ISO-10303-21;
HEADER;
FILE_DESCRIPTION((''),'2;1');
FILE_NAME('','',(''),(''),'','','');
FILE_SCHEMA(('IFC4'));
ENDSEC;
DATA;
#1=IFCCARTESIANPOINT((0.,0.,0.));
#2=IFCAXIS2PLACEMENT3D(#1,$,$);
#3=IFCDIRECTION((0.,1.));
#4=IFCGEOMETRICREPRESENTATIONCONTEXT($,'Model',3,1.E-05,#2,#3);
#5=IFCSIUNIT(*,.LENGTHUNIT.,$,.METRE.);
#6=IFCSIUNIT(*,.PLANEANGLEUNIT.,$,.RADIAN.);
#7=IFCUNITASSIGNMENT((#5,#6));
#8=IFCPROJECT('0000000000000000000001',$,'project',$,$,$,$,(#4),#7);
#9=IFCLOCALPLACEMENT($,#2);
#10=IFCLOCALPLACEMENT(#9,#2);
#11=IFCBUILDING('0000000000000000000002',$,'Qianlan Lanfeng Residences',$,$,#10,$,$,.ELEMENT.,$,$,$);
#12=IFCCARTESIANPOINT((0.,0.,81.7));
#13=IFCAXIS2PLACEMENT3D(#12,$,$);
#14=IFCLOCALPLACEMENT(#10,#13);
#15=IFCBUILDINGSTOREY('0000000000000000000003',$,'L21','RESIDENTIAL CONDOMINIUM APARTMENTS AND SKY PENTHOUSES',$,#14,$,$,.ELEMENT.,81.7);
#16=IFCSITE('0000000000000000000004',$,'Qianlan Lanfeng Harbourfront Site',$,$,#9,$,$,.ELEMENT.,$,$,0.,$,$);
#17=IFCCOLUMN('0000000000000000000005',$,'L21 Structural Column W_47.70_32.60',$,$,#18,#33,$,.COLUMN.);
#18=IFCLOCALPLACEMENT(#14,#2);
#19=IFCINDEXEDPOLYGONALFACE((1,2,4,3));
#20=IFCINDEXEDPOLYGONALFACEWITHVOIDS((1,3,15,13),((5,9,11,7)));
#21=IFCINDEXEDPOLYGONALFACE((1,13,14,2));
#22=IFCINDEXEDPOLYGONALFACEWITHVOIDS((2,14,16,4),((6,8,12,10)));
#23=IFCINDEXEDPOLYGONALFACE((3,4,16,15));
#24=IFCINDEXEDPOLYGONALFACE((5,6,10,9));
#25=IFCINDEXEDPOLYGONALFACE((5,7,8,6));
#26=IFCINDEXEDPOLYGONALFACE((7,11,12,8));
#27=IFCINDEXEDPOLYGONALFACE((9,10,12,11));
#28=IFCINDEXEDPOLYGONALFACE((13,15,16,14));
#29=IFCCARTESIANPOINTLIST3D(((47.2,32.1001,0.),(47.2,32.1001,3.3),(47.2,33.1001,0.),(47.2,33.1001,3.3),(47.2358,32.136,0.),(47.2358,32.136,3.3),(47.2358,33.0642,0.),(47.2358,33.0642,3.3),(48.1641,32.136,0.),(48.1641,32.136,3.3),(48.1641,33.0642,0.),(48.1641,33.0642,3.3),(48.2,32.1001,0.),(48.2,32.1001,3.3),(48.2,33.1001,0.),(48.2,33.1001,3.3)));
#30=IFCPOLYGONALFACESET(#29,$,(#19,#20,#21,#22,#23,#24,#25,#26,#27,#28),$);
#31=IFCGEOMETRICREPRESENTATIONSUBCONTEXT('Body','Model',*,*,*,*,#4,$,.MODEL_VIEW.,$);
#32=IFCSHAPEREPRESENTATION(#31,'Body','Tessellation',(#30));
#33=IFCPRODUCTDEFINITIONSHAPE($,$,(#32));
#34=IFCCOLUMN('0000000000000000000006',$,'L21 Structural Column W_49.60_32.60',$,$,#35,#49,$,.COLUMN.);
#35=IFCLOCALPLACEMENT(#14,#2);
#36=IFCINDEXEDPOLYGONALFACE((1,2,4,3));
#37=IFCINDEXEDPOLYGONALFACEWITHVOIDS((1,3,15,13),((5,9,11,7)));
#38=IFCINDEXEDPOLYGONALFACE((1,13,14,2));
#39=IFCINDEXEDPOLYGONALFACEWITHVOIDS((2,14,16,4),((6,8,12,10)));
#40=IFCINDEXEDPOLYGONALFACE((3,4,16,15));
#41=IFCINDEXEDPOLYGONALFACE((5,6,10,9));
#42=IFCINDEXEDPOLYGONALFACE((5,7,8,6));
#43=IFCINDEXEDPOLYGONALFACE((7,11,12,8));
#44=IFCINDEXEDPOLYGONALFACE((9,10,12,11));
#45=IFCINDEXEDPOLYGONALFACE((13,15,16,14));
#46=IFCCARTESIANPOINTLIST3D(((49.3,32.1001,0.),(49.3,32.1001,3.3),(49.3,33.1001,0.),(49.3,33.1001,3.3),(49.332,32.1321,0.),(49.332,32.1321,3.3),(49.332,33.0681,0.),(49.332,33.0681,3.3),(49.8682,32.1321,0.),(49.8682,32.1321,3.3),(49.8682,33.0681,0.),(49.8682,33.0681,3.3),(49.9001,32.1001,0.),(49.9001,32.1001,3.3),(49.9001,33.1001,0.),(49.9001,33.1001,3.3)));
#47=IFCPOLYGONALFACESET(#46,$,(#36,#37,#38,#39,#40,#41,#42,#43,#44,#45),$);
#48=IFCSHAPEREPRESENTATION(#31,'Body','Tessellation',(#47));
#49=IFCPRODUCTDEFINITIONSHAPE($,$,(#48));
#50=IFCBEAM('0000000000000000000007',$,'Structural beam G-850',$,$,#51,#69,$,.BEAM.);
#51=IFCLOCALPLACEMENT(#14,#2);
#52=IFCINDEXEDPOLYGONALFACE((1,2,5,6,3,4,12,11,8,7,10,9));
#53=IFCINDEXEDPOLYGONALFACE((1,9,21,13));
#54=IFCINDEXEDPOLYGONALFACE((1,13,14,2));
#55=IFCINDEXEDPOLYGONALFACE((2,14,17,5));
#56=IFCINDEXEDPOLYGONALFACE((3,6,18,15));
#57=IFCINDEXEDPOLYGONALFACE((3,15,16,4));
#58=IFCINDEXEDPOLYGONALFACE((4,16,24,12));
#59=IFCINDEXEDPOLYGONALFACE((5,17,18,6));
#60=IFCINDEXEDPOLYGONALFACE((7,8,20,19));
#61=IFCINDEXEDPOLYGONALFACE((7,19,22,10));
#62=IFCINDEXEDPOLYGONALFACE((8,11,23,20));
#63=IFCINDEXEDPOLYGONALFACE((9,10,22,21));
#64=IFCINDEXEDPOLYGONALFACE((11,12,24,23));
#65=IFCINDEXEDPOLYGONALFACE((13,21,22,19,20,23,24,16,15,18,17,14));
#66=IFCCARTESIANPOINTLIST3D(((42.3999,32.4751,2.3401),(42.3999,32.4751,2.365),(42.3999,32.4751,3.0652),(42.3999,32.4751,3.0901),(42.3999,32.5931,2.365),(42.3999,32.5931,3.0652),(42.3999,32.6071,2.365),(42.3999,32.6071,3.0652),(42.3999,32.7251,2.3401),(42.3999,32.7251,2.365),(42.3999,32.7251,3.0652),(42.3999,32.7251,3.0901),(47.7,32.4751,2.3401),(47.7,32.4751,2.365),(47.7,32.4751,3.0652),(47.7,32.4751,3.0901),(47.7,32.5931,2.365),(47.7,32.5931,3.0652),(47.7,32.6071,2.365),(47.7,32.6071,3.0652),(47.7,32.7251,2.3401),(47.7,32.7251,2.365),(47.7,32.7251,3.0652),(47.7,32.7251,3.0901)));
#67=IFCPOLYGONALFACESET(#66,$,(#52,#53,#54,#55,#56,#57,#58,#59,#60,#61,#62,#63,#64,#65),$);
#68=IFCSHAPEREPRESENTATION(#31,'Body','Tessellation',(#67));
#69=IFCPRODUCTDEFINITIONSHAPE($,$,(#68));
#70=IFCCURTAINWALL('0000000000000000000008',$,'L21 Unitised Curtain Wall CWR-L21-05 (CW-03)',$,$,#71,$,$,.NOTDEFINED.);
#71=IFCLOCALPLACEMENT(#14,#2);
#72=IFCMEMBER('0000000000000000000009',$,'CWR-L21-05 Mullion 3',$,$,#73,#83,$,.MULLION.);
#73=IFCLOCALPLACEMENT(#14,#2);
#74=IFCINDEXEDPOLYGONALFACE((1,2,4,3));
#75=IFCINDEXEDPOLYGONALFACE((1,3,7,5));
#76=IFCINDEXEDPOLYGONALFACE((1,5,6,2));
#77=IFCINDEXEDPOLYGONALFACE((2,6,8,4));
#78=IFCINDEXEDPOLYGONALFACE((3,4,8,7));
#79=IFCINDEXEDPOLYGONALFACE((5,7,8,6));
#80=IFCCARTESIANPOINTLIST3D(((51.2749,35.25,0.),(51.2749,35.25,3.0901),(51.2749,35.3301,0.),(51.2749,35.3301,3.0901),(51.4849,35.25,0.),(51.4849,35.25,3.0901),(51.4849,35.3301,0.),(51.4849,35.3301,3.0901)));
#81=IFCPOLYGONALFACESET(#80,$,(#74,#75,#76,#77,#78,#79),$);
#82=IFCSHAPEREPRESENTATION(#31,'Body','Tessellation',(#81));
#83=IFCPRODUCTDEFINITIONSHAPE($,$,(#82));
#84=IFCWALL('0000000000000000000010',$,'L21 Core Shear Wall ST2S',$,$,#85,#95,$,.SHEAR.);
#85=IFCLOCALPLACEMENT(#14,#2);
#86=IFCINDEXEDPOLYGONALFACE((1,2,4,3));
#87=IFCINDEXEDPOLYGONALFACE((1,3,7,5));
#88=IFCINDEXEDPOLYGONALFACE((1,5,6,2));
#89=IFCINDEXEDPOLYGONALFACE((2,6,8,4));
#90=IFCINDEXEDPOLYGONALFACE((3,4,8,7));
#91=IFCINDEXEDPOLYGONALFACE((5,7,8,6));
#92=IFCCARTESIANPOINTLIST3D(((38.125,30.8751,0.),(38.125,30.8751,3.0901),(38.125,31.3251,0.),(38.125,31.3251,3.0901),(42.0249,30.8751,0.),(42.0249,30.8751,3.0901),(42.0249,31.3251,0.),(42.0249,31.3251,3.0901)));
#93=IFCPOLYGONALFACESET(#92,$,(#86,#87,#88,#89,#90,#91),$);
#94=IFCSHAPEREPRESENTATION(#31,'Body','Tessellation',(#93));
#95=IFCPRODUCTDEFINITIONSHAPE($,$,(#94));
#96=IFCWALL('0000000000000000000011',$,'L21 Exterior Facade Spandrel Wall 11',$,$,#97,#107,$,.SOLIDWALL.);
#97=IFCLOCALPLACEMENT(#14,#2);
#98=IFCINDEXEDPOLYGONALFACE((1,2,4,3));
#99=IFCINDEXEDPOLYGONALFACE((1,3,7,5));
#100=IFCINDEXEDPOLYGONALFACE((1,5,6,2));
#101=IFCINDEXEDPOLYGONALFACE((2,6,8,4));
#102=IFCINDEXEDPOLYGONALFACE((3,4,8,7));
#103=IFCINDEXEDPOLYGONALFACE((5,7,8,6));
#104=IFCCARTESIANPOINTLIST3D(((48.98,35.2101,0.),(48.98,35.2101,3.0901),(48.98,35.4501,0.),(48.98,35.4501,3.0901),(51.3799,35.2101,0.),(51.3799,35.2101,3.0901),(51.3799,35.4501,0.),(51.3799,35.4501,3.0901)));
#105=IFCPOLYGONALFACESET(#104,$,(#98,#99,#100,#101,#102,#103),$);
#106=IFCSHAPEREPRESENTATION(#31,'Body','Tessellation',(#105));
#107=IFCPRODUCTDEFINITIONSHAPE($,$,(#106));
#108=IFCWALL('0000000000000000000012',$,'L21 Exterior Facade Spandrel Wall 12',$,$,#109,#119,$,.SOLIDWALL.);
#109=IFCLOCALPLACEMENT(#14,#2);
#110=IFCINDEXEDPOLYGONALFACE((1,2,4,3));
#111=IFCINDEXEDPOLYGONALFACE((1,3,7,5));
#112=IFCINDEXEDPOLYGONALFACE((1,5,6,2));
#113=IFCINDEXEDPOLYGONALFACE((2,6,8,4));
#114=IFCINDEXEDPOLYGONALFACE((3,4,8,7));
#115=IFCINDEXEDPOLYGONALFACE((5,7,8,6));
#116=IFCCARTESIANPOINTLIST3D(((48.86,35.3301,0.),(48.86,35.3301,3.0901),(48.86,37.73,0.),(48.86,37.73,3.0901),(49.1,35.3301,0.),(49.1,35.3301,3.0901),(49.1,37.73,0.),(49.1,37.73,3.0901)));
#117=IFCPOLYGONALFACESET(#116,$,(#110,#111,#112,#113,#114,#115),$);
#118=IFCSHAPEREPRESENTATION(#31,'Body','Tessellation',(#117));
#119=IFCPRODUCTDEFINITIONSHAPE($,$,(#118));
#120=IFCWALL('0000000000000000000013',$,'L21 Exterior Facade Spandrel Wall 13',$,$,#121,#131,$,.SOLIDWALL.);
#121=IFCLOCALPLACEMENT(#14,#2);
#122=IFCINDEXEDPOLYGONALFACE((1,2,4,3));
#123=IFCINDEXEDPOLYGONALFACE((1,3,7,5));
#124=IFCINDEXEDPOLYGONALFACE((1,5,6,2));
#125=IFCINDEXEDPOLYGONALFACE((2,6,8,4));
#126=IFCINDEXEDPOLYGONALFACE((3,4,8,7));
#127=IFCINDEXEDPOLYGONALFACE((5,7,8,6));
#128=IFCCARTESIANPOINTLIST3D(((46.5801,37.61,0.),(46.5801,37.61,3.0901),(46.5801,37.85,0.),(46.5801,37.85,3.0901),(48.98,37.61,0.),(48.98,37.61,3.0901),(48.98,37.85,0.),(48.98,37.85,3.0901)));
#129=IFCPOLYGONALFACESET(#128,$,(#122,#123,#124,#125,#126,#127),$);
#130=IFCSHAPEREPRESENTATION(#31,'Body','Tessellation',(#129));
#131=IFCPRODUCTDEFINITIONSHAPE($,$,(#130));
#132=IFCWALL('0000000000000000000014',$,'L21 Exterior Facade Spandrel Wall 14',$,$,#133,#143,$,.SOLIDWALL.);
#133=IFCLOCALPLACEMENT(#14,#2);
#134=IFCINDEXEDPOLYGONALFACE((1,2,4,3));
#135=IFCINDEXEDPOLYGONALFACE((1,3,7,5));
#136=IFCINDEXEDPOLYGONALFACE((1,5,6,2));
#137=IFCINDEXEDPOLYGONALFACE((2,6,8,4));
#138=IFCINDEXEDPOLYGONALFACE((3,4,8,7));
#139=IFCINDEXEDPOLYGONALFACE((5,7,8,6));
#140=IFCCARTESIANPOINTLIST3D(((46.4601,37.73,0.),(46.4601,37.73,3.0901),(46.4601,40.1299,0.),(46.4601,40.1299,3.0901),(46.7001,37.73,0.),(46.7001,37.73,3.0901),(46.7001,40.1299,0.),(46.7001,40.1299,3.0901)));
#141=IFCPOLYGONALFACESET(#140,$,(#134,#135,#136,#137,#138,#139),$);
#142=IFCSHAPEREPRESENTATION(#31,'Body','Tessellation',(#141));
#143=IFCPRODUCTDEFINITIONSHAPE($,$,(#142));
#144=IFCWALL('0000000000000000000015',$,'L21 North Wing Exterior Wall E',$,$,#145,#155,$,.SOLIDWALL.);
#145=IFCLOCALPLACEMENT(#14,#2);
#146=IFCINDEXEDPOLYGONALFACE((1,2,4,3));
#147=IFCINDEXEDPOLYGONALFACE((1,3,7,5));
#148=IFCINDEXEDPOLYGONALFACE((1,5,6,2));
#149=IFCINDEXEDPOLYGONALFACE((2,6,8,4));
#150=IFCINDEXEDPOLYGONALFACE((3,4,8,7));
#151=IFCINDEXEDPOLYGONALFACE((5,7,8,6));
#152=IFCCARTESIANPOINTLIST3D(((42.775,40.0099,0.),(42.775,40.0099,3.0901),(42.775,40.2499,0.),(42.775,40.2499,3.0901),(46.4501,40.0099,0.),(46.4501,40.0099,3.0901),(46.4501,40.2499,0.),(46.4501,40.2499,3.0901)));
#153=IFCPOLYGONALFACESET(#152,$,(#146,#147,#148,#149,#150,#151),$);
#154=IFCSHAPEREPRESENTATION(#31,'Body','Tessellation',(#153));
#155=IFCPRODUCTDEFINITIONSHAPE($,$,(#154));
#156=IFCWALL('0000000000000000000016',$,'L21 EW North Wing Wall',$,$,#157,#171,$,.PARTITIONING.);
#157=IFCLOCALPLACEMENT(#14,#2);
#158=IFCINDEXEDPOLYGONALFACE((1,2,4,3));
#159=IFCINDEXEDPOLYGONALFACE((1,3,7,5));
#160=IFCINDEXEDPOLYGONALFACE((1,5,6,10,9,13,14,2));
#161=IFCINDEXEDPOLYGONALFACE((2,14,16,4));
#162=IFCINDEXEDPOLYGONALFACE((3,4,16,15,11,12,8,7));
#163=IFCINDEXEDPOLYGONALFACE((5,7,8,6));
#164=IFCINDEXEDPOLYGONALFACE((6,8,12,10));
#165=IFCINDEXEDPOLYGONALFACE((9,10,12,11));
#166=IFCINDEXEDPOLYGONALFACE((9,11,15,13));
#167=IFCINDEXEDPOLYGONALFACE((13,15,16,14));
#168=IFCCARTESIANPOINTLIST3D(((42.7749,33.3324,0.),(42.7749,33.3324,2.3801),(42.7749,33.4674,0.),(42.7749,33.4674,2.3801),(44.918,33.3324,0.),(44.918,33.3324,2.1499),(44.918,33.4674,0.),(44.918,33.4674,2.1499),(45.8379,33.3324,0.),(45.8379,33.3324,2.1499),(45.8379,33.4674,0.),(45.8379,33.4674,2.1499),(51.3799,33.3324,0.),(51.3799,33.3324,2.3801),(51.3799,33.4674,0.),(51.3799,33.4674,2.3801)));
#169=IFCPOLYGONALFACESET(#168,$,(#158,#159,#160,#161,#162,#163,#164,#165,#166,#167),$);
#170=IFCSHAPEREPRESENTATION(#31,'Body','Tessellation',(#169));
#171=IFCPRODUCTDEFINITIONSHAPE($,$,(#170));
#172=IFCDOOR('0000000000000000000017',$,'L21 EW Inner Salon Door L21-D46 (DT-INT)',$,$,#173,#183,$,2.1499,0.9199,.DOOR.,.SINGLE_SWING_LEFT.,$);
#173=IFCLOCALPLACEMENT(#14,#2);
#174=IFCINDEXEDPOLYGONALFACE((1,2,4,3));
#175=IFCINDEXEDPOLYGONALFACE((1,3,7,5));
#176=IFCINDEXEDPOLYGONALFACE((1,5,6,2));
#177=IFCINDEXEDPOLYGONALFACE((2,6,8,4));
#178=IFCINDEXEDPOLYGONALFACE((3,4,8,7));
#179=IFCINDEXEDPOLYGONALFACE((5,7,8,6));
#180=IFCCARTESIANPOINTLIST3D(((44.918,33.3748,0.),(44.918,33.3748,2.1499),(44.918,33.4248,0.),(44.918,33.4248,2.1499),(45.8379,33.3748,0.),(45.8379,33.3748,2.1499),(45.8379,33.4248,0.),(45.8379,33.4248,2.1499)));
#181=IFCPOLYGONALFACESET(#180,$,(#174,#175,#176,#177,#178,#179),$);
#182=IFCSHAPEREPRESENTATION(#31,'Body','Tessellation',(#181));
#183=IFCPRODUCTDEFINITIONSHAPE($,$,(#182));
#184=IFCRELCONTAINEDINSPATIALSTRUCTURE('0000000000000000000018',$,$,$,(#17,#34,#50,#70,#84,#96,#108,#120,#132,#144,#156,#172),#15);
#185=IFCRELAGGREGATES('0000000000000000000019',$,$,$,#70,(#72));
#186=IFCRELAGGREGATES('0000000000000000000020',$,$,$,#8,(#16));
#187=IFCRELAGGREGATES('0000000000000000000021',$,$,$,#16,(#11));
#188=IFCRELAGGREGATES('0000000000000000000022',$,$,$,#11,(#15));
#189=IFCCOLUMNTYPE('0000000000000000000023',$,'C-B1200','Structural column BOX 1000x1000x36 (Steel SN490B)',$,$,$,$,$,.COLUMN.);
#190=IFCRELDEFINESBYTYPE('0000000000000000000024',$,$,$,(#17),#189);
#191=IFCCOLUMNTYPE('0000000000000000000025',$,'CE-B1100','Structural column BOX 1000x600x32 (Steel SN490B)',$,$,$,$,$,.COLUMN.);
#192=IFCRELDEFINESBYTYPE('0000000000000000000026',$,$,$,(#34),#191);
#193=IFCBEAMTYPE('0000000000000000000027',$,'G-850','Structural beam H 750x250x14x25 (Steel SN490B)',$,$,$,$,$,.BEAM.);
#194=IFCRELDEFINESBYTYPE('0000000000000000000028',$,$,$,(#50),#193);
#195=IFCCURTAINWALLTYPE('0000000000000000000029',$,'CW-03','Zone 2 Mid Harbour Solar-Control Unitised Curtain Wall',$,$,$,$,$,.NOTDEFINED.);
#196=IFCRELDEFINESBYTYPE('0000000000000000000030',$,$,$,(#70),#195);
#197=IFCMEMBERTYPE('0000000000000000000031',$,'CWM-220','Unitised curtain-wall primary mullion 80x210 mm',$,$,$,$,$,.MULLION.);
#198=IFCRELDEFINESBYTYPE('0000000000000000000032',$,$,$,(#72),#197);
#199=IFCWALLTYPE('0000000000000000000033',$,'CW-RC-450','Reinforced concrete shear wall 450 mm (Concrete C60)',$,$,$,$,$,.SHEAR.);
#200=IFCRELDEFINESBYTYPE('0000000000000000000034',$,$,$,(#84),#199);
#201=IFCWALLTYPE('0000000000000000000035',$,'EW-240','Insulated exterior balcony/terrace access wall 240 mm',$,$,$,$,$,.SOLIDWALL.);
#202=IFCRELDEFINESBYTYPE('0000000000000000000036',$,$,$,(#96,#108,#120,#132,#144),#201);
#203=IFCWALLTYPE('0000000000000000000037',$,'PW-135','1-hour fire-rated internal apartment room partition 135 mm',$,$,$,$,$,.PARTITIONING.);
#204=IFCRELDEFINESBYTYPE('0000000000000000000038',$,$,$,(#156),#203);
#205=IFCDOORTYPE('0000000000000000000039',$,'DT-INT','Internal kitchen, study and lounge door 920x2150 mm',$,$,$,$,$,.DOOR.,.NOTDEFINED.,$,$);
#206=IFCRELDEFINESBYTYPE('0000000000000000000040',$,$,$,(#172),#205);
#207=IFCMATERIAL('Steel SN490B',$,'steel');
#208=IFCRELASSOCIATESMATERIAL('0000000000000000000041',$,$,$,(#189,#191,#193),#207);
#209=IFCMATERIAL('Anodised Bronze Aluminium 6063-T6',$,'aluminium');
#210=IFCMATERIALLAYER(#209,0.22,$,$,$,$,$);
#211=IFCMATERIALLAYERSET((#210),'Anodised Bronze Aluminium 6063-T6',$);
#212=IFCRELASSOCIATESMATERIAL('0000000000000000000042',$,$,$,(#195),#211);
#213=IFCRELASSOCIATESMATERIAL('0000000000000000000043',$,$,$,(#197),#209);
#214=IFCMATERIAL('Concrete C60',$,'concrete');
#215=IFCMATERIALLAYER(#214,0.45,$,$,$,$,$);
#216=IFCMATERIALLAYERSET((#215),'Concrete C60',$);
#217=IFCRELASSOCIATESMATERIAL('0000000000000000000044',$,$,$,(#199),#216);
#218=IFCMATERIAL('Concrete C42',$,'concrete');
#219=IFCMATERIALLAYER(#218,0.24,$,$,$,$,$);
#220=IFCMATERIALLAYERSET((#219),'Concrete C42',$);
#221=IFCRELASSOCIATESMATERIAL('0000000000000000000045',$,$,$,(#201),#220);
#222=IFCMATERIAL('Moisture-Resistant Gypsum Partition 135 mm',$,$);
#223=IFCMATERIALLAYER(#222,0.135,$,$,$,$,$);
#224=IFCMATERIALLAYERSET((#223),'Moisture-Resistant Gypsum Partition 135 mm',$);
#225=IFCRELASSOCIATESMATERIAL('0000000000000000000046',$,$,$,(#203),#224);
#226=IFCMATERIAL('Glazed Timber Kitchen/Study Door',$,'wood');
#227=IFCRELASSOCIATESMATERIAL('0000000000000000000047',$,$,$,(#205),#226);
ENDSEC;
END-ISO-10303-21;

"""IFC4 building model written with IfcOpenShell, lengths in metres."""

from ifc_helpers import new_model, si_unit, direction, frame, frame_2d, origin, origin_2d, place, context, subcontext, project, spatial, rectangle, hollow_rectangle, i_section, extrude, source, transform, mapped, material, layer, layer_set, material_profile, profile_set, type_object, element, fill, aggregate, save


model = new_model("IFC4")

# Units and contexts
model_context = context("Model", 3, precision=1e-05, world=origin(), true_north=direction((0.0, 1.0)))
body_context = subcontext(model_context, "Body", "Model", "MODEL_VIEW")
ifc_project = project(units=[si_unit("LENGTHUNIT", "METRE"), si_unit("PLANEANGLEUNIT", "RADIAN")], contexts=[model_context])

# Site, building, storey
site_placement = place(None, origin())
site = spatial("IfcSite", under=ifc_project, at=site_placement, Name="Qianlan Lanfeng Harbourfront Site", CompositionType="ELEMENT", RefElevation=0.0)
building_placement = place(site_placement, origin())
building = spatial("IfcBuilding", under=site, at=building_placement, Name="Qianlan Lanfeng Residences", CompositionType="ELEMENT")
storey_placement = place(building_placement, frame((0.0, 0.0, 81.7)))
storey = spatial("IfcBuildingStorey", under=building, at=storey_placement, Name="L21", Description="RESIDENTIAL CONDOMINIUM APARTMENTS AND SKY PENTHOUSES", CompositionType="ELEMENT", Elevation=81.7)

# Columns
ifc_material_1 = material(Name="Steel SN490B", Category="steel")
ifc_material_profile_1 = material_profile(ifc_material_1, hollow_rectangle(XDim=1.0, YDim=1.0, WallThickness=0.0359, at=origin_2d()), Name="BOX 1000x1000x36")
ifc_profile_set_1 = profile_set([ifc_material_profile_1], Name="Steel SN490B")
column_type_1 = type_object("IfcColumnType", Name="C-B1200", Description="Structural column BOX 1000x1000x36 (Steel SN490B)", PredefinedType="COLUMN", material=ifc_profile_set_1)
column_1_placement = place(storey_placement, frame((47.7, 32.6001, 0.0), z_axis=(0.0, 0.0, 1.0), x_axis=(1.0, 0.0, 0.0)))
element("IfcColumn", 1, at=column_1_placement, inside=storey, type_object=column_type_1, Name="L21 Structural Column W_47.70_32.60", PredefinedType="COLUMN", context=body_context, shape_type="SweptSolid", body=[
    extrude(hollow_rectangle(XDim=1.0, YDim=1.0, WallThickness=0.0359, at=origin_2d()), origin(), (0.0, 0.0, 1.0), 3.3),
])
ifc_material_profile_2 = material_profile(ifc_material_1, hollow_rectangle(XDim=0.6001, YDim=1.0, WallThickness=0.032, at=origin_2d()), Name="BOX 1000x600x32")
ifc_profile_set_2 = profile_set([ifc_material_profile_2], Name="Steel SN490B")
column_type_2 = type_object("IfcColumnType", Name="CE-B1100", Description="Structural column BOX 1000x600x32 (Steel SN490B)", PredefinedType="COLUMN", material=ifc_profile_set_2)
column_2_placement = place(storey_placement, frame((49.6001, 32.6001, 0.0), z_axis=(0.0, 0.0, 1.0), x_axis=(1.0, 0.0, 0.0)))
element("IfcColumn", 2, at=column_2_placement, inside=storey, type_object=column_type_2, Name="L21 Structural Column W_49.60_32.60", PredefinedType="COLUMN", context=body_context, shape_type="SweptSolid", body=[
    extrude(hollow_rectangle(XDim=0.6001, YDim=1.0, WallThickness=0.032, at=origin_2d()), origin(), (0.0, 0.0, 1.0), 3.3),
])

# Beam
ifc_material_profile_3 = material_profile(ifc_material_1, i_section(OverallWidth=0.25, OverallDepth=0.75, WebThickness=0.0139, FlangeThickness=0.0249, at=origin_2d()), Name="H 750x250x14x25")
ifc_profile_set_3 = profile_set([ifc_material_profile_3], Name="Steel SN490B")
beam_type = type_object("IfcBeamType", Name="G-850", Description="Structural beam H 750x250x14x25 (Steel SN490B)", PredefinedType="BEAM", material=ifc_profile_set_3)
beam_placement = place(storey_placement, frame((42.3999, 32.6001, 2.7151), z_axis=(1.0, 0.0, 0.0), x_axis=(0.0, 1.0, 0.0)))
element("IfcBeam", 3, at=beam_placement, inside=storey, type_object=beam_type, Name="Structural beam G-850", PredefinedType="BEAM", context=body_context, shape_type="SweptSolid", body=[
    extrude(i_section(OverallWidth=0.25, OverallDepth=0.75, WebThickness=0.0139, FlangeThickness=0.0249, at=origin_2d()), origin(), (0.0, 0.0, 1.0), 5.3),
])

# Curtain wall, member
ifc_material_2 = material(Name="Anodised Bronze Aluminium 6063-T6", Category="aluminium")
ifc_layer_1 = layer(ifc_material_2, 0.22)
ifc_layer_set_1 = layer_set([ifc_layer_1], Name="Anodised Bronze Aluminium 6063-T6")
curtain_wall_type = type_object("IfcCurtainWallType", Name="CW-03", Description="Zone 2 Mid Harbour Solar-Control Unitised Curtain Wall", PredefinedType="NOTDEFINED", material=ifc_layer_set_1)
curtain_wall_placement = place(storey_placement, origin())
curtain_wall = element("IfcCurtainWall", 4, at=curtain_wall_placement, inside=storey, type_object=curtain_wall_type, Name="L21 Unitised Curtain Wall CWR-L21-05 (CW-03)", PredefinedType="NOTDEFINED")
ifc_material_profile_4 = material_profile(ifc_material_2, rectangle(XDim=0.0801, YDim=0.21, at=origin_2d()), Name="ALU MULLION 80x210")
ifc_profile_set_4 = profile_set([ifc_material_profile_4], Name="Anodised Bronze Aluminium 6063-T6")
member_type = type_object("IfcMemberType", Name="CWM-220", Description="Unitised curtain-wall primary mullion 80x210 mm", PredefinedType="MULLION", material=ifc_profile_set_4)
shared_shape_1 = source(origin(), body_context, "Body", "SweptSolid", [
    extrude(rectangle(XDim=0.0801, YDim=0.21, at=origin_2d()), origin(), (0.0, 0.0, 1.0), 3.0901),
])
member_placement = place(storey_placement, frame((51.3799, 35.29, 0.0), z_axis=(0.0, 0.0, 1.0), x_axis=(0.0, 1.0, 0.0)))
member = element("IfcMember", 5, at=member_placement, type_object=member_type, Name="CWR-L21-05 Mullion 3", PredefinedType="MULLION", context=body_context, shape_type="MappedRepresentation", body=[
    mapped(shared_shape_1, transform((0.0, 0.0, 0.0), scale=1.0)),
])
aggregate(curtain_wall, [member])

# Walls
ifc_material_3 = material(Name="Concrete C60", Category="concrete")
ifc_layer_2 = layer(ifc_material_3, 0.45)
ifc_layer_set_2 = layer_set([ifc_layer_2], Name="Concrete C60")
wall_type_1 = type_object("IfcWallType", Name="CW-RC-450", Description="Reinforced concrete shear wall 450 mm (Concrete C60)", PredefinedType="SHEAR", material=ifc_layer_set_2)
wall_1_placement = place(storey_placement, frame((38.125, 31.1001, 0.0), z_axis=(0.0, 0.0, 1.0), x_axis=(1.0, 0.0, 0.0)))
element("IfcWall", 6, at=wall_1_placement, inside=storey, type_object=wall_type_1, Name="L21 Core Shear Wall ST2S", PredefinedType="SHEAR", context=body_context, shape_type="SweptSolid", body=[
    extrude(rectangle(XDim=3.8999, YDim=0.45, at=frame_2d((1.95, 0.0))), origin(), (0.0, 0.0, 1.0), 3.0901),
])
ifc_material_4 = material(Name="Concrete C42", Category="concrete")
ifc_layer_3 = layer(ifc_material_4, 0.24)
ifc_layer_set_3 = layer_set([ifc_layer_3], Name="Concrete C42")
wall_type_2 = type_object("IfcWallType", Name="EW-240", Description="Insulated exterior balcony/terrace access wall 240 mm", PredefinedType="SOLIDWALL", material=ifc_layer_set_3)
for number, where, z_axis, x_axis, name in (
    (7, (51.3799, 35.3301, 0.0), (0.0, 0.0, 1.0), (-1.0, 0.0, 0.0), "L21 Exterior Facade Spandrel Wall 11"),
    (8, (48.98, 35.3301, 0.0), (0.0, 0.0, 1.0), (0.0, 1.0, 0.0), "L21 Exterior Facade Spandrel Wall 12"),
    (9, (48.98, 37.73, 0.0), (0.0, 0.0, 1.0), (-1.0, 0.0, 0.0), "L21 Exterior Facade Spandrel Wall 13"),
    (10, (46.5801, 37.73, 0.0), (0.0, 0.0, 1.0), (0.0, 1.0, 0.0), "L21 Exterior Facade Spandrel Wall 14"),
):
    element("IfcWall", number, at=place(storey_placement, frame(where, z_axis=z_axis, x_axis=x_axis)), inside=storey, type_object=wall_type_2, Name=name, PredefinedType="SOLIDWALL", context=body_context, shape_type="SweptSolid", body=[
        extrude(rectangle(XDim=2.3999, YDim=0.24, at=frame_2d((1.2, 0.0))), origin(), (0.0, 0.0, 1.0), 3.0901),
    ])
wall_2_placement = place(storey_placement, frame((46.45, 40.1299, 0.0), z_axis=(0.0, 0.0, 1.0), x_axis=(-1.0, 0.0, 0.0)))
element("IfcWall", 11, at=wall_2_placement, inside=storey, type_object=wall_type_2, Name="L21 North Wing Exterior Wall E", PredefinedType="SOLIDWALL", context=body_context, shape_type="SweptSolid", body=[
    extrude(rectangle(XDim=3.675, YDim=0.24, at=frame_2d((1.8374, 0.0))), origin(), (0.0, 0.0, 1.0), 3.0901),
])

# Wall, opening, door
ifc_material_5 = material(Name="Moisture-Resistant Gypsum Partition 135 mm")
ifc_layer_4 = layer(ifc_material_5, 0.135)
ifc_layer_set_4 = layer_set([ifc_layer_4], Name="Moisture-Resistant Gypsum Partition 135 mm")
wall_type_3 = type_object("IfcWallType", Name="PW-135", Description="1-hour fire-rated internal apartment room partition 135 mm", PredefinedType="PARTITIONING", material=ifc_layer_set_4)
wall_3_placement = place(storey_placement, frame((42.7749, 33.3999, 0.0), z_axis=(0.0, 0.0, 1.0), x_axis=(1.0, 0.0, 0.0)))
wall_3 = element("IfcWall", 12, at=wall_3_placement, inside=storey, type_object=wall_type_3, Name="L21 EW North Wing Wall", PredefinedType="PARTITIONING", context=body_context, shape_type="SweptSolid", body=[
    extrude(rectangle(XDim=8.605, YDim=0.135, at=frame_2d((4.3025, 0.0))), origin(), (0.0, 0.0, 1.0), 2.3801),
])
opening_placement = place(wall_3_placement, frame((2.1431, 0.0, 0.0)))
opening = element("IfcOpeningElement", 13, at=opening_placement, cuts=wall_3, PredefinedType="OPENING", context=body_context, shape_type="SweptSolid", body=[
    extrude(rectangle(XDim=0.9199, YDim=2.1499, at=frame_2d((0.46, 1.075))), frame((0.0, 0.0776, 0.0), z_axis=(0.0, -1.0, 0.0), x_axis=(1.0, 0.0, 0.0)), (0.0, 0.0, 1.0), 0.155),
])
ifc_material_6 = material(Name="Glazed Timber Kitchen/Study Door", Category="wood")
door_type = type_object("IfcDoorType", Name="DT-INT", Description="Internal kitchen, study and lounge door 920x2150 mm", OperationType="NOTDEFINED", PredefinedType="DOOR", material=ifc_material_6)
door_placement = place(opening_placement, origin())
door = element("IfcDoor", 14, at=door_placement, inside=storey, type_object=door_type, Name="L21 EW Inner Salon Door L21-D46 (DT-INT)", OperationType="SINGLE_SWING_LEFT", OverallHeight=2.1499, OverallWidth=0.9199, PredefinedType="DOOR", context=body_context, shape_type="SweptSolid", body=[
    extrude(rectangle(XDim=0.9199, YDim=2.1499, at=frame_2d((0.46, 1.075))), frame((0.0, 0.0249, 0.0), z_axis=(0.0, -1.0, 0.0), x_axis=(1.0, 0.0, 0.0)), (0.0, 0.0, 1.0), 0.05),
])
fill(opening, door)

save(model, "model.ifc")
